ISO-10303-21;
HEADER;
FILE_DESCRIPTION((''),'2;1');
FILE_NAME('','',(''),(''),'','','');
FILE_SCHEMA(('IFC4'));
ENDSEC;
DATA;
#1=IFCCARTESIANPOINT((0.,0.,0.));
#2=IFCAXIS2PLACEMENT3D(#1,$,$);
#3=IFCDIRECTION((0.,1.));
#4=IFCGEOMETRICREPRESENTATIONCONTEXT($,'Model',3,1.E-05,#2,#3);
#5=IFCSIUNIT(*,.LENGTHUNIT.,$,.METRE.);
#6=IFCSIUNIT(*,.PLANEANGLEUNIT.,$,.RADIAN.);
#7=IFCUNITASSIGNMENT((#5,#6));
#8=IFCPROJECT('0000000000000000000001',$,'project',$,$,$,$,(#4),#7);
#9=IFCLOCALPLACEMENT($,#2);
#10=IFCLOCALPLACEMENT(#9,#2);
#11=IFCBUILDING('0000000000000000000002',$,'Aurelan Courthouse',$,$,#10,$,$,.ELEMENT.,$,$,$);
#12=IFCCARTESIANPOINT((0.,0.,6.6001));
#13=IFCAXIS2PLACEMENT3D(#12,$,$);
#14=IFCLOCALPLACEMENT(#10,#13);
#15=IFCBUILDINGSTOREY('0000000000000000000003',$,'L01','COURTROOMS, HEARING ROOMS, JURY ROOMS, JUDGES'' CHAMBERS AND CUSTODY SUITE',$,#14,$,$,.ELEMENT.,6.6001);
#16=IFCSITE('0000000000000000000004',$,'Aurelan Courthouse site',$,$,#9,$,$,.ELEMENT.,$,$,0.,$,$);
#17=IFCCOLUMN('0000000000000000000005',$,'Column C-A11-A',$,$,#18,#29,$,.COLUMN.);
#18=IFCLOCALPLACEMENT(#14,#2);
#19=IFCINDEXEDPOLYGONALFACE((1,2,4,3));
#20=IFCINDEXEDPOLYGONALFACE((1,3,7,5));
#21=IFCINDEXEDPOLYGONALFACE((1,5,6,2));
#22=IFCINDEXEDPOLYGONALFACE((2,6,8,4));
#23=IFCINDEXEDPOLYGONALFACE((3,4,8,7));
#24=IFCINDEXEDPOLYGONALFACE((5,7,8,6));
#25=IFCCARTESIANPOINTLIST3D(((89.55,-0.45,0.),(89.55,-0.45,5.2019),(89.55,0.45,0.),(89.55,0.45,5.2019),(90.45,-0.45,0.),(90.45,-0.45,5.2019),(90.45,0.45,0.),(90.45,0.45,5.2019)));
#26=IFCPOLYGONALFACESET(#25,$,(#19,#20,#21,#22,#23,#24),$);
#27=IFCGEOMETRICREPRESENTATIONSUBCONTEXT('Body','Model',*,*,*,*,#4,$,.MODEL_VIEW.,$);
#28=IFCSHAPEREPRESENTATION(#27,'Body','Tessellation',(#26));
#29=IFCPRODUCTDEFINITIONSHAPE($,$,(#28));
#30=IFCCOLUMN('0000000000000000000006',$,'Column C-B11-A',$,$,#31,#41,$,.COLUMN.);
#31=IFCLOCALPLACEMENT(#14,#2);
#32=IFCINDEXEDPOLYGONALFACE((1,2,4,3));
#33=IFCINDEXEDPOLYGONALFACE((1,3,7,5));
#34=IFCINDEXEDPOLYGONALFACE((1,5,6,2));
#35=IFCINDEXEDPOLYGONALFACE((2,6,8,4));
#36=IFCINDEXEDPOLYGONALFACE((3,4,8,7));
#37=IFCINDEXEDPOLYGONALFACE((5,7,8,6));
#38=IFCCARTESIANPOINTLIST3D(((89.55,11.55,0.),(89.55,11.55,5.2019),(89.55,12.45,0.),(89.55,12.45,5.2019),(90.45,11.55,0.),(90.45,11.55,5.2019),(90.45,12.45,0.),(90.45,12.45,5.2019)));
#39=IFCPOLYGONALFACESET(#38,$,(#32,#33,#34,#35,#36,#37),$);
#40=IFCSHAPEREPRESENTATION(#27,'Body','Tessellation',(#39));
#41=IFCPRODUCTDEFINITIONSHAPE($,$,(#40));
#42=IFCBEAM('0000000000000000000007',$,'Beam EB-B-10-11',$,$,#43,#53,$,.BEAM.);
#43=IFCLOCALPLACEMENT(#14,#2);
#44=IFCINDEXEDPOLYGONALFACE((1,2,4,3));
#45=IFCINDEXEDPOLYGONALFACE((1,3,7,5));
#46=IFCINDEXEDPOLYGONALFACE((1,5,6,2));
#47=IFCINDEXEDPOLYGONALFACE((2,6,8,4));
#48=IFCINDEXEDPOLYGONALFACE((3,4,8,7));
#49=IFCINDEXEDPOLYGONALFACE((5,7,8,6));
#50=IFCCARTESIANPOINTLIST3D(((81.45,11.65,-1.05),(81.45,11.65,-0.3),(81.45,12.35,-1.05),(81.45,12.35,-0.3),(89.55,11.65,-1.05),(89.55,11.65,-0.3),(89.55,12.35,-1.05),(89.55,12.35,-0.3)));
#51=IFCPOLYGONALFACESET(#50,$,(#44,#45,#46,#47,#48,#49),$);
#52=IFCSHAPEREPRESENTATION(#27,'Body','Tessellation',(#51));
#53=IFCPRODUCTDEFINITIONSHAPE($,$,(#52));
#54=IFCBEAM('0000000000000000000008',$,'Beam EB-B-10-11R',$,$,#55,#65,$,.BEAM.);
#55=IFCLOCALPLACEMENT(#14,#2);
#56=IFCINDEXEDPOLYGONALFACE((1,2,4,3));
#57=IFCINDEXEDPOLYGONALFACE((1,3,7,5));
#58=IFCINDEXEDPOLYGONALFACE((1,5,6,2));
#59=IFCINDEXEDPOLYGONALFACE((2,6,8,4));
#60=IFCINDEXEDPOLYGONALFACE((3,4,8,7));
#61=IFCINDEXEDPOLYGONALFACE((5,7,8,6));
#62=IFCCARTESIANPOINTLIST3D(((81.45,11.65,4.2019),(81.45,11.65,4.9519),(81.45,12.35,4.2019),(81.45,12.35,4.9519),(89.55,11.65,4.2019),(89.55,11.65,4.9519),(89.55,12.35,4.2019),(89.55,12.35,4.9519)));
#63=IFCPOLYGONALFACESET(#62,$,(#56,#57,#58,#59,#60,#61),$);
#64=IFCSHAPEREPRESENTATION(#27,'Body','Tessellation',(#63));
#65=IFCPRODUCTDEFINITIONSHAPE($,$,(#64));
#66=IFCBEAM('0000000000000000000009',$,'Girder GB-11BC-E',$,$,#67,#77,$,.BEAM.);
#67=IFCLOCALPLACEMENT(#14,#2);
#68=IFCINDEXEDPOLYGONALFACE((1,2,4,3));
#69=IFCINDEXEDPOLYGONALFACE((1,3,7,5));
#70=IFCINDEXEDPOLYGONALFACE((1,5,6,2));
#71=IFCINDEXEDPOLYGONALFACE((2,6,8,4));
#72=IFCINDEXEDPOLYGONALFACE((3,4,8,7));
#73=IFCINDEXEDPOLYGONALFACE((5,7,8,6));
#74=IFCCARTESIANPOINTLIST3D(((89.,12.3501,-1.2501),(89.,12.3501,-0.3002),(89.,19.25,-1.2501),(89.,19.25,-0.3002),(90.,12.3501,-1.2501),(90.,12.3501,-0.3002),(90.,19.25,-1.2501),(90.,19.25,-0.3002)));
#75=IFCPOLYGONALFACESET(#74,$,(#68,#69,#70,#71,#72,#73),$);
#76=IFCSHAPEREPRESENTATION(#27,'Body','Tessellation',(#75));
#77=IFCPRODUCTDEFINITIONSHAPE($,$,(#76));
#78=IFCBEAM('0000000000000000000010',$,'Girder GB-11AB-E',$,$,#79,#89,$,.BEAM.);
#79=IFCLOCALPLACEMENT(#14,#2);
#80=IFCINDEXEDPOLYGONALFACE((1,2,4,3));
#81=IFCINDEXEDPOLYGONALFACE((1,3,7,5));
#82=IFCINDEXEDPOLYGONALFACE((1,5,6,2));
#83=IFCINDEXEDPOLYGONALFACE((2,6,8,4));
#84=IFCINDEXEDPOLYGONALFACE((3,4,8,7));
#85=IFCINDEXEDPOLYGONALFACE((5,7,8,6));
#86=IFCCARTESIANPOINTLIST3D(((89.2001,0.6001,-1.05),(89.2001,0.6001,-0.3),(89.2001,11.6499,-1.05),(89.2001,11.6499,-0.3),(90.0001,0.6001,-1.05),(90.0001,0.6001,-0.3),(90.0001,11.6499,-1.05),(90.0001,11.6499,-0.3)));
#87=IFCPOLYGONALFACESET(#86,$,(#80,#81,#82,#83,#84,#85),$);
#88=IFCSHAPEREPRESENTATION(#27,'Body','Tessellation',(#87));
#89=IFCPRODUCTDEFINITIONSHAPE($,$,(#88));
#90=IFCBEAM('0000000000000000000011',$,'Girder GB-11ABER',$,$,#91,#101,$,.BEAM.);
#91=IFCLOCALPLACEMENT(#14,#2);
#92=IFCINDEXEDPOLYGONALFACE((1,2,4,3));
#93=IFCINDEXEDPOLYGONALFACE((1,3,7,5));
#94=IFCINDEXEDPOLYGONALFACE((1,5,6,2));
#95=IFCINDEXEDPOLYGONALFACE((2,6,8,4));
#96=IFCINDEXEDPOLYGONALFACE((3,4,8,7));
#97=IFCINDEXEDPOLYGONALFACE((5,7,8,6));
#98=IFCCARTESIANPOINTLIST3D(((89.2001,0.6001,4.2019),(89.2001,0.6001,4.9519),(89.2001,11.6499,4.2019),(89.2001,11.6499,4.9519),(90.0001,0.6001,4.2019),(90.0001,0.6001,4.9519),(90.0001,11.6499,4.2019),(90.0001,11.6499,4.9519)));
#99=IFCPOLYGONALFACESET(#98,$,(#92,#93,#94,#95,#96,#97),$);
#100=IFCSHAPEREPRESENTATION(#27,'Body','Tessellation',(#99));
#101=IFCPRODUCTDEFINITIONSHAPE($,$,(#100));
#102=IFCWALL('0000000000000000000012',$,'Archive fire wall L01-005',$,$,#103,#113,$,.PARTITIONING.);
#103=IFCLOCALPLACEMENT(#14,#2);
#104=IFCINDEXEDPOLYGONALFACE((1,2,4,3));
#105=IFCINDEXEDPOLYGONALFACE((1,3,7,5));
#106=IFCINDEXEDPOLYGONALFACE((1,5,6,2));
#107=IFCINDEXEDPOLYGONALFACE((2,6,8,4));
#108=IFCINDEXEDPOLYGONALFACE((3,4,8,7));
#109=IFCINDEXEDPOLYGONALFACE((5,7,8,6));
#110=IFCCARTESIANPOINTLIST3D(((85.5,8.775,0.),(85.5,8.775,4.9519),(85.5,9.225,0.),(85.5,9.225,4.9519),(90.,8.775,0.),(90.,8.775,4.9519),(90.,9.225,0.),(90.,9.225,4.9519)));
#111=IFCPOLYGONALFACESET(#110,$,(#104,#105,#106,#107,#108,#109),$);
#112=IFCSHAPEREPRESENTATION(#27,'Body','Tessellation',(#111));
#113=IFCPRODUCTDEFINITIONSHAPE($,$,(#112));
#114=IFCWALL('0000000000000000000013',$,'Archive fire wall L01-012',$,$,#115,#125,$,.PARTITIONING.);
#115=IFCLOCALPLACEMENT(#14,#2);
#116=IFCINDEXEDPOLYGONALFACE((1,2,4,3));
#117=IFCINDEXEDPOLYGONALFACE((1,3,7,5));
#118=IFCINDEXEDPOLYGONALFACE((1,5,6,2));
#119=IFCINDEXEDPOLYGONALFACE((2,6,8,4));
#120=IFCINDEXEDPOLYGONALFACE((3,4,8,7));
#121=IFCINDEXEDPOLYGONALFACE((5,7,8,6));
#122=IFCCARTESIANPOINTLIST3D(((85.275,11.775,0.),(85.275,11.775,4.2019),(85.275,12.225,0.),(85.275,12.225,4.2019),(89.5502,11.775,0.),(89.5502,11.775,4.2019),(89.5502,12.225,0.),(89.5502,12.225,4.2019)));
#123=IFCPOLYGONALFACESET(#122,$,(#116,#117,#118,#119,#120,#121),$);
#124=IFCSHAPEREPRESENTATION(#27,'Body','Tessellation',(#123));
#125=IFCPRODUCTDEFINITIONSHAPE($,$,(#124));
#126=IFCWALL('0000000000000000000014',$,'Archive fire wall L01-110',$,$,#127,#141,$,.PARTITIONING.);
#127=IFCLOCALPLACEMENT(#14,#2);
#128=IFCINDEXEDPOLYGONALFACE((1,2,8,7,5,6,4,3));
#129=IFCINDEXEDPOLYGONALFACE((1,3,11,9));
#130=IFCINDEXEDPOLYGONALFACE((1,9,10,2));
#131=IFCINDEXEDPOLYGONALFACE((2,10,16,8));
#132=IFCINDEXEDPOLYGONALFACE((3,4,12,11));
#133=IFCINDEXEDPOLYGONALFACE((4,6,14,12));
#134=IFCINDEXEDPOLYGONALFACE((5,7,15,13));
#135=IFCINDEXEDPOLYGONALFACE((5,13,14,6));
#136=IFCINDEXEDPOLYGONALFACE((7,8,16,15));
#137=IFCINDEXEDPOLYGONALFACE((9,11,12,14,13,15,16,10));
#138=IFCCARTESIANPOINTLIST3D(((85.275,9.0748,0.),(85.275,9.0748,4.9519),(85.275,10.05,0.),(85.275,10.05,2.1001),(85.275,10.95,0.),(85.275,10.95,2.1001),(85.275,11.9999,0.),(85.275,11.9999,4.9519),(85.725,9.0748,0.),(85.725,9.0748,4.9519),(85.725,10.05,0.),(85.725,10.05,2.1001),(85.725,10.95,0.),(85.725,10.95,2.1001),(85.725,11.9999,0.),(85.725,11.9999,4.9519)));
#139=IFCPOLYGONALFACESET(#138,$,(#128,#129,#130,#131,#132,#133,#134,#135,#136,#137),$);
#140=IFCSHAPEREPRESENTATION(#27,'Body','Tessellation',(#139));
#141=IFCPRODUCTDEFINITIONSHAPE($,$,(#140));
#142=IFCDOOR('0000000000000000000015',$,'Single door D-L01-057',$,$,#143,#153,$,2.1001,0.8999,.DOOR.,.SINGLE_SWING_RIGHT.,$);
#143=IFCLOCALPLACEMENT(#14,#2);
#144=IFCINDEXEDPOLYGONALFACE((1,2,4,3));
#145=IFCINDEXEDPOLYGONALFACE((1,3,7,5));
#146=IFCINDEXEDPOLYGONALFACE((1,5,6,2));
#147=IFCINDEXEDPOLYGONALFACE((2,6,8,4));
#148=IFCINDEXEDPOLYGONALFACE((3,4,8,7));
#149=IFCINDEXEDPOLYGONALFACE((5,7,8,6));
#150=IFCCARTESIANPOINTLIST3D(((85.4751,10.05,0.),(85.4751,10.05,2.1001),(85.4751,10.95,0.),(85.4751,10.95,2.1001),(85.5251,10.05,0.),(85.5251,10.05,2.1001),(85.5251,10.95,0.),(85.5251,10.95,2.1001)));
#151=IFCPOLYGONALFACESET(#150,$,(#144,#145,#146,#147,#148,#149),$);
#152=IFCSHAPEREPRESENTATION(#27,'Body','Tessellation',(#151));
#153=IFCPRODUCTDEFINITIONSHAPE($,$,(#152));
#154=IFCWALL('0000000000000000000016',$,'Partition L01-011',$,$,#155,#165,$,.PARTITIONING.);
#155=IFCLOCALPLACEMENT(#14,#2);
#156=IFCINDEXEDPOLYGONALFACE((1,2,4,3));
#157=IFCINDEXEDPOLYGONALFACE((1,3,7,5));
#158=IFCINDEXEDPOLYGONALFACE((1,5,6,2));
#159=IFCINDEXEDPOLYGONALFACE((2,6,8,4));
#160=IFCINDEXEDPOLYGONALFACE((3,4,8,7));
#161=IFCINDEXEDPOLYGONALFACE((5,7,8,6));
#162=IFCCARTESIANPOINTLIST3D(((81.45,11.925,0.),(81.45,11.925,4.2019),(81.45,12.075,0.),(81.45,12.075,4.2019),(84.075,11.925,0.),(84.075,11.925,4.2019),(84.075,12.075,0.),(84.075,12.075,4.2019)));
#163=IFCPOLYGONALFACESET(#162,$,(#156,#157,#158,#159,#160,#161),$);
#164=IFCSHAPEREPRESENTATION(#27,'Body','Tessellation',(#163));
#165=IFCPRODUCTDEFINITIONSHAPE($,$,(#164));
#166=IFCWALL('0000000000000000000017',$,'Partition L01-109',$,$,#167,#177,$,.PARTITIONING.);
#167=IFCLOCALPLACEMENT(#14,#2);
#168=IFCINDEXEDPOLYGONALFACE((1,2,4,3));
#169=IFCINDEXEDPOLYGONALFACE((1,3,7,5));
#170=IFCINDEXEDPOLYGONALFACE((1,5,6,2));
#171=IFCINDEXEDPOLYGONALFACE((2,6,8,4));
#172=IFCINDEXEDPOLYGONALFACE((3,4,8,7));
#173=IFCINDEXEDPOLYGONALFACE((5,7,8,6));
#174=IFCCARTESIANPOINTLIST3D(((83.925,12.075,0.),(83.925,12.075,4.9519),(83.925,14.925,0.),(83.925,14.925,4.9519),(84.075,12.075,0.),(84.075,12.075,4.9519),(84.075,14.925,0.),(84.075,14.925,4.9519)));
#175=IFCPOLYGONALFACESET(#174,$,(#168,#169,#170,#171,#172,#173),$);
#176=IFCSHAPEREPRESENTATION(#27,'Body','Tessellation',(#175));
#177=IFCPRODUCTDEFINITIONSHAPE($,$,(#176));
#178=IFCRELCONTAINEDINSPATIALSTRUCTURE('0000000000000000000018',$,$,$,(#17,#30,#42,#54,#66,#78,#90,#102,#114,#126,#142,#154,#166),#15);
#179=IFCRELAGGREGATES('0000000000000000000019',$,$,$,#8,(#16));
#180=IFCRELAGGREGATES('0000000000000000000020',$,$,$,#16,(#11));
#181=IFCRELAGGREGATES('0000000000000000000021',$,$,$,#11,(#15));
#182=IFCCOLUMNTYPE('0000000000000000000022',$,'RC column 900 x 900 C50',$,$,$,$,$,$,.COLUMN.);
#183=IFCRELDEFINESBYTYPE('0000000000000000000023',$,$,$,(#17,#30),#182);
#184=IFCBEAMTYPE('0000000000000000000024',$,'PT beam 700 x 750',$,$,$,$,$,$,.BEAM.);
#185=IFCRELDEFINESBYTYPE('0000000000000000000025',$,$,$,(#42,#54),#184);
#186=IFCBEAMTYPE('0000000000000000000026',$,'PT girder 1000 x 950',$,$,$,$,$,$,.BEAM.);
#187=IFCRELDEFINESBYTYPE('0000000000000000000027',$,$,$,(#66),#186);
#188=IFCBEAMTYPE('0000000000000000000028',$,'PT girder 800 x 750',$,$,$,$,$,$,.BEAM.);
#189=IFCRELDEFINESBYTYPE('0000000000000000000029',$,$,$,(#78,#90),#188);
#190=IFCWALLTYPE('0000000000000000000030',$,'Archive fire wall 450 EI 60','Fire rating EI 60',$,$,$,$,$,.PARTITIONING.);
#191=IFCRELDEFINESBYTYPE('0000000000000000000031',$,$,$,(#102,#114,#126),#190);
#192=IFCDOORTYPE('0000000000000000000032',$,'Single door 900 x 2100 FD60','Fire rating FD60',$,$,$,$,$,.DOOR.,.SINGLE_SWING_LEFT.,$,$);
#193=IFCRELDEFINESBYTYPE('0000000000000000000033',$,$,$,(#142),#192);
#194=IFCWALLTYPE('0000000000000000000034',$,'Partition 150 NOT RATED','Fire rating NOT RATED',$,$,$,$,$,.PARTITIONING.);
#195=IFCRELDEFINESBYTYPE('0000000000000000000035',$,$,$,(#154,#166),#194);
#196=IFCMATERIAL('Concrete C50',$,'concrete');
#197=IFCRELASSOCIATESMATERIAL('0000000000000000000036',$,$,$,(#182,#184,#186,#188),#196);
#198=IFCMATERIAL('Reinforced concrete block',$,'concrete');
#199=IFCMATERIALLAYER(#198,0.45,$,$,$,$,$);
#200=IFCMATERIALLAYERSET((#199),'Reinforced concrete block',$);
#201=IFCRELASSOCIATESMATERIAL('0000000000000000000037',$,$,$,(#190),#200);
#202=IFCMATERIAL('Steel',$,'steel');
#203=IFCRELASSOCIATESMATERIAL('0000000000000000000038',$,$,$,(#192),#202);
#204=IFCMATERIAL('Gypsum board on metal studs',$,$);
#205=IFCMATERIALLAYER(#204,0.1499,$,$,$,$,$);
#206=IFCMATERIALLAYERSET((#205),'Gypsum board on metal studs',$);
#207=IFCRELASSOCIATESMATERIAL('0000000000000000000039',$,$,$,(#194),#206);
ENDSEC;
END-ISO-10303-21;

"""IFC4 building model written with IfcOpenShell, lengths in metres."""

from ifc_helpers import new_model, si_unit, direction, frame, frame_2d, origin, origin_2d, place, context, subcontext, project, spatial, rectangle, extrude, material, layer, layer_set, material_profile, profile_set, type_object, element, fill, save


model = new_model("IFC4")

# Units and contexts
model_context = context("Model", 3, precision=1e-05, world=origin(), true_north=direction((0.0, 1.0)))
body_context = subcontext(model_context, "Body", "Model", "MODEL_VIEW")
ifc_project = project(units=[si_unit("LENGTHUNIT", "METRE"), si_unit("PLANEANGLEUNIT", "RADIAN")], contexts=[model_context])

# Site, building, storey
site_placement = place(None, origin())
site = spatial("IfcSite", under=ifc_project, at=site_placement, Name="Aurelan Courthouse site", CompositionType="ELEMENT", RefElevation=0.0)
building_placement = place(site_placement, origin())
building = spatial("IfcBuilding", under=site, at=building_placement, Name="Aurelan Courthouse", CompositionType="ELEMENT")
storey_placement = place(building_placement, frame((0.0, 0.0, 6.6001)))
storey = spatial("IfcBuildingStorey", under=building, at=storey_placement, Name="L01", Description="COURTROOMS, HEARING ROOMS, JURY ROOMS, JUDGES' CHAMBERS AND CUSTODY SUITE", CompositionType="ELEMENT", Elevation=6.6001)

# Columns
ifc_material_1 = material(Name="Concrete C50", Category="concrete")
ifc_material_profile_1 = material_profile(ifc_material_1, rectangle(XDim=0.8999, YDim=0.8999, at=origin_2d()), Name="RC 900 x 900")
ifc_profile_set_1 = profile_set([ifc_material_profile_1], Name="Concrete C50")
column_type = type_object("IfcColumnType", Name="RC column 900 x 900 C50", PredefinedType="COLUMN", material=ifc_profile_set_1)
for number, where, z_axis, x_axis, name in (
    (1, (90.0, 0.0, 0.0), (0.0, 0.0, 1.0), (1.0, 0.0, 0.0), "Column C-A11-A"),
    (2, (90.0, 12.0, 0.0), (0.0, 0.0, 1.0), (1.0, 0.0, 0.0), "Column C-B11-A"),
):
    element("IfcColumn", number, at=place(storey_placement, frame(where, z_axis=z_axis, x_axis=x_axis)), inside=storey, type_object=column_type, Name=name, PredefinedType="COLUMN", context=body_context, shape_type="SweptSolid", body=[
        extrude(rectangle(XDim=0.8999, YDim=0.8999, at=origin_2d()), origin(), (0.0, 0.0, 1.0), 5.2019),
    ])

# Beams
ifc_material_profile_2 = material_profile(ifc_material_1, rectangle(XDim=0.7, YDim=0.75, at=origin_2d()), Name="RC 700 x 750")
ifc_profile_set_2 = profile_set([ifc_material_profile_2], Name="Concrete C50")
beam_type_1 = type_object("IfcBeamType", Name="PT beam 700 x 750", PredefinedType="BEAM", material=ifc_profile_set_2)
for number, where, z_axis, x_axis, name in (
    (3, (81.45, 12.0, -0.675), (1.0, 0.0, 0.0), (0.0, 1.0, 0.0), "Beam EB-B-10-11"),
    (4, (81.45, 12.0, 4.5769), (1.0, 0.0, 0.0), (0.0, 1.0, 0.0), "Beam EB-B-10-11R"),
):
    element("IfcBeam", number, at=place(storey_placement, frame(where, z_axis=z_axis, x_axis=x_axis)), inside=storey, type_object=beam_type_1, Name=name, PredefinedType="BEAM", context=body_context, shape_type="SweptSolid", body=[
        extrude(rectangle(XDim=0.7, YDim=0.75, at=origin_2d()), origin(), (0.0, 0.0, 1.0), 8.1001),
    ])
ifc_material_profile_3 = material_profile(ifc_material_1, rectangle(XDim=1.0, YDim=0.95, at=origin_2d()), Name="RC 1000 x 950")
ifc_profile_set_3 = profile_set([ifc_material_profile_3], Name="Concrete C50")
beam_type_2 = type_object("IfcBeamType", Name="PT girder 1000 x 950", PredefinedType="BEAM", material=ifc_profile_set_3)
beam_placement = place(storey_placement, frame((89.5, 12.3501, -0.7751), z_axis=(0.0, 1.0, 0.0), x_axis=(-1.0, 0.0, 0.0)))
element("IfcBeam", 5, at=beam_placement, inside=storey, type_object=beam_type_2, Name="Girder GB-11BC-E", PredefinedType="BEAM", context=body_context, shape_type="SweptSolid", body=[
    extrude(rectangle(XDim=1.0, YDim=0.95, at=origin_2d()), origin(), (0.0, 0.0, 1.0), 6.8999),
])
ifc_material_profile_4 = material_profile(ifc_material_1, rectangle(XDim=0.8, YDim=0.75, at=origin_2d()), Name="RC 800 x 750")
ifc_profile_set_4 = profile_set([ifc_material_profile_4], Name="Concrete C50")
beam_type_3 = type_object("IfcBeamType", Name="PT girder 800 x 750", PredefinedType="BEAM", material=ifc_profile_set_4)
for number, where, z_axis, x_axis, name in (
    (6, (89.6001, 0.6001, -0.675), (0.0, 1.0, 0.0), (-1.0, 0.0, 0.0), "Girder GB-11AB-E"),
    (7, (89.6001, 0.6001, 4.5769), (0.0, 1.0, 0.0), (-1.0, 0.0, 0.0), "Girder GB-11ABER"),
):
    element("IfcBeam", number, at=place(storey_placement, frame(where, z_axis=z_axis, x_axis=x_axis)), inside=storey, type_object=beam_type_3, Name=name, PredefinedType="BEAM", context=body_context, shape_type="SweptSolid", body=[
        extrude(rectangle(XDim=0.8, YDim=0.75, at=origin_2d()), origin(), (0.0, 0.0, 1.0), 11.0498),
    ])

# Walls
ifc_material_2 = material(Name="Reinforced concrete block", Category="concrete")
ifc_layer_1 = layer(ifc_material_2, 0.45)
ifc_layer_set_1 = layer_set([ifc_layer_1], Name="Reinforced concrete block")
wall_type_1 = type_object("IfcWallType", Name="Archive fire wall 450 EI 60", Description="Fire rating EI 60", PredefinedType="PARTITIONING", material=ifc_layer_set_1)
wall_1_placement = place(storey_placement, frame((85.5, 9.0, 0.0), z_axis=(0.0, 0.0, 1.0), x_axis=(1.0, 0.0, 0.0)))
element("IfcWall", 8, at=wall_1_placement, inside=storey, type_object=wall_type_1, Name="Archive fire wall L01-005", PredefinedType="PARTITIONING", context=body_context, shape_type="SweptSolid", body=[
    extrude(rectangle(XDim=4.5, YDim=0.45, at=frame_2d((2.25, 0.0))), origin(), (0.0, 0.0, 1.0), 4.9519),
])
wall_2_placement = place(storey_placement, frame((85.2749, 12.0, 0.0), z_axis=(0.0, 0.0, 1.0), x_axis=(1.0, 0.0, 0.0)))
element("IfcWall", 9, at=wall_2_placement, inside=storey, type_object=wall_type_1, Name="Archive fire wall L01-012", PredefinedType="PARTITIONING", context=body_context, shape_type="SweptSolid", body=[
    extrude(rectangle(XDim=4.2751, YDim=0.45, at=frame_2d((2.1377, 0.0))), origin(), (0.0, 0.0, 1.0), 4.2019),
])

# Wall, opening, door
wall_3_placement = place(storey_placement, frame((85.5, 9.075, 0.0), z_axis=(0.0, 0.0, 1.0), x_axis=(0.0, 1.0, 0.0)))
wall_3 = element("IfcWall", 10, at=wall_3_placement, inside=storey, type_object=wall_type_1, Name="Archive fire wall L01-110", PredefinedType="PARTITIONING", context=body_context, shape_type="SweptSolid", body=[
    extrude(rectangle(XDim=2.925, YDim=0.45, at=frame_2d((1.4624, 0.0))), origin(), (0.0, 0.0, 1.0), 4.9519),
])
opening_1_placement = place(wall_3_placement, frame((0.9751, 0.0, 0.0)))
opening_1 = element("IfcOpeningElement", 11, at=opening_1_placement, cuts=wall_3, PredefinedType="OPENING", context=body_context, shape_type="SweptSolid", body=[
    extrude(rectangle(XDim=0.8999, YDim=2.1001, at=frame_2d((0.45, 1.05))), frame((0.0, 0.2349, 0.0), z_axis=(0.0, -1.0, 0.0), x_axis=(1.0, 0.0, 0.0)), (0.0, 0.0, 1.0), 0.47),
])
ifc_material_3 = material(Name="Steel", Category="steel")
door_type_1 = type_object("IfcDoorType", Name="Single door 900 x 2100 FD60", Description="Fire rating FD60", OperationType="SINGLE_SWING_LEFT", PredefinedType="DOOR", material=ifc_material_3)
door_1_placement = place(opening_1_placement, origin())
door_1 = element("IfcDoor", 12, at=door_1_placement, inside=storey, type_object=door_type_1, Name="Single door D-L01-057", OperationType="SINGLE_SWING_RIGHT", OverallHeight=2.1001, OverallWidth=0.8999, PredefinedType="DOOR", context=body_context, shape_type="SweptSolid", body=[
    extrude(rectangle(XDim=0.8999, YDim=2.1001, at=frame_2d((0.45, 1.05))), frame((0.0, 0.0249, 0.0), z_axis=(0.0, -1.0, 0.0), x_axis=(1.0, 0.0, 0.0)), (0.0, 0.0, 1.0), 0.05),
])
fill(opening_1, door_1)

# Walls
ifc_material_4 = material(Name="Gypsum board on metal studs")
ifc_layer_2 = layer(ifc_material_4, 0.1499)
ifc_layer_set_2 = layer_set([ifc_layer_2], Name="Gypsum board on metal studs")
wall_type_2 = type_object("IfcWallType", Name="Partition 150 NOT RATED", Description="Fire rating NOT RATED", PredefinedType="PARTITIONING", material=ifc_layer_set_2)
wall_4_placement = place(storey_placement, frame((81.45, 12.0, 0.0), z_axis=(0.0, 0.0, 1.0), x_axis=(1.0, 0.0, 0.0)))
element("IfcWall", 13, at=wall_4_placement, inside=storey, type_object=wall_type_2, Name="Partition L01-011", PredefinedType="PARTITIONING", context=body_context, shape_type="SweptSolid", body=[
    extrude(rectangle(XDim=2.625, YDim=0.1499, at=frame_2d((1.3125, 0.0))), origin(), (0.0, 0.0, 1.0), 4.2019),
])
wall_5_placement = place(storey_placement, frame((84.0, 12.075, 0.0), z_axis=(0.0, 0.0, 1.0), x_axis=(0.0, 1.0, 0.0)))
element("IfcWall", 14, at=wall_5_placement, inside=storey, type_object=wall_type_2, Name="Partition L01-109", PredefinedType="PARTITIONING", context=body_context, shape_type="SweptSolid", body=[
    extrude(rectangle(XDim=2.8501, YDim=0.1499, at=frame_2d((1.425, 0.0))), origin(), (0.0, 0.0, 1.0), 4.9519),
])

save(model, "model.ifc")
